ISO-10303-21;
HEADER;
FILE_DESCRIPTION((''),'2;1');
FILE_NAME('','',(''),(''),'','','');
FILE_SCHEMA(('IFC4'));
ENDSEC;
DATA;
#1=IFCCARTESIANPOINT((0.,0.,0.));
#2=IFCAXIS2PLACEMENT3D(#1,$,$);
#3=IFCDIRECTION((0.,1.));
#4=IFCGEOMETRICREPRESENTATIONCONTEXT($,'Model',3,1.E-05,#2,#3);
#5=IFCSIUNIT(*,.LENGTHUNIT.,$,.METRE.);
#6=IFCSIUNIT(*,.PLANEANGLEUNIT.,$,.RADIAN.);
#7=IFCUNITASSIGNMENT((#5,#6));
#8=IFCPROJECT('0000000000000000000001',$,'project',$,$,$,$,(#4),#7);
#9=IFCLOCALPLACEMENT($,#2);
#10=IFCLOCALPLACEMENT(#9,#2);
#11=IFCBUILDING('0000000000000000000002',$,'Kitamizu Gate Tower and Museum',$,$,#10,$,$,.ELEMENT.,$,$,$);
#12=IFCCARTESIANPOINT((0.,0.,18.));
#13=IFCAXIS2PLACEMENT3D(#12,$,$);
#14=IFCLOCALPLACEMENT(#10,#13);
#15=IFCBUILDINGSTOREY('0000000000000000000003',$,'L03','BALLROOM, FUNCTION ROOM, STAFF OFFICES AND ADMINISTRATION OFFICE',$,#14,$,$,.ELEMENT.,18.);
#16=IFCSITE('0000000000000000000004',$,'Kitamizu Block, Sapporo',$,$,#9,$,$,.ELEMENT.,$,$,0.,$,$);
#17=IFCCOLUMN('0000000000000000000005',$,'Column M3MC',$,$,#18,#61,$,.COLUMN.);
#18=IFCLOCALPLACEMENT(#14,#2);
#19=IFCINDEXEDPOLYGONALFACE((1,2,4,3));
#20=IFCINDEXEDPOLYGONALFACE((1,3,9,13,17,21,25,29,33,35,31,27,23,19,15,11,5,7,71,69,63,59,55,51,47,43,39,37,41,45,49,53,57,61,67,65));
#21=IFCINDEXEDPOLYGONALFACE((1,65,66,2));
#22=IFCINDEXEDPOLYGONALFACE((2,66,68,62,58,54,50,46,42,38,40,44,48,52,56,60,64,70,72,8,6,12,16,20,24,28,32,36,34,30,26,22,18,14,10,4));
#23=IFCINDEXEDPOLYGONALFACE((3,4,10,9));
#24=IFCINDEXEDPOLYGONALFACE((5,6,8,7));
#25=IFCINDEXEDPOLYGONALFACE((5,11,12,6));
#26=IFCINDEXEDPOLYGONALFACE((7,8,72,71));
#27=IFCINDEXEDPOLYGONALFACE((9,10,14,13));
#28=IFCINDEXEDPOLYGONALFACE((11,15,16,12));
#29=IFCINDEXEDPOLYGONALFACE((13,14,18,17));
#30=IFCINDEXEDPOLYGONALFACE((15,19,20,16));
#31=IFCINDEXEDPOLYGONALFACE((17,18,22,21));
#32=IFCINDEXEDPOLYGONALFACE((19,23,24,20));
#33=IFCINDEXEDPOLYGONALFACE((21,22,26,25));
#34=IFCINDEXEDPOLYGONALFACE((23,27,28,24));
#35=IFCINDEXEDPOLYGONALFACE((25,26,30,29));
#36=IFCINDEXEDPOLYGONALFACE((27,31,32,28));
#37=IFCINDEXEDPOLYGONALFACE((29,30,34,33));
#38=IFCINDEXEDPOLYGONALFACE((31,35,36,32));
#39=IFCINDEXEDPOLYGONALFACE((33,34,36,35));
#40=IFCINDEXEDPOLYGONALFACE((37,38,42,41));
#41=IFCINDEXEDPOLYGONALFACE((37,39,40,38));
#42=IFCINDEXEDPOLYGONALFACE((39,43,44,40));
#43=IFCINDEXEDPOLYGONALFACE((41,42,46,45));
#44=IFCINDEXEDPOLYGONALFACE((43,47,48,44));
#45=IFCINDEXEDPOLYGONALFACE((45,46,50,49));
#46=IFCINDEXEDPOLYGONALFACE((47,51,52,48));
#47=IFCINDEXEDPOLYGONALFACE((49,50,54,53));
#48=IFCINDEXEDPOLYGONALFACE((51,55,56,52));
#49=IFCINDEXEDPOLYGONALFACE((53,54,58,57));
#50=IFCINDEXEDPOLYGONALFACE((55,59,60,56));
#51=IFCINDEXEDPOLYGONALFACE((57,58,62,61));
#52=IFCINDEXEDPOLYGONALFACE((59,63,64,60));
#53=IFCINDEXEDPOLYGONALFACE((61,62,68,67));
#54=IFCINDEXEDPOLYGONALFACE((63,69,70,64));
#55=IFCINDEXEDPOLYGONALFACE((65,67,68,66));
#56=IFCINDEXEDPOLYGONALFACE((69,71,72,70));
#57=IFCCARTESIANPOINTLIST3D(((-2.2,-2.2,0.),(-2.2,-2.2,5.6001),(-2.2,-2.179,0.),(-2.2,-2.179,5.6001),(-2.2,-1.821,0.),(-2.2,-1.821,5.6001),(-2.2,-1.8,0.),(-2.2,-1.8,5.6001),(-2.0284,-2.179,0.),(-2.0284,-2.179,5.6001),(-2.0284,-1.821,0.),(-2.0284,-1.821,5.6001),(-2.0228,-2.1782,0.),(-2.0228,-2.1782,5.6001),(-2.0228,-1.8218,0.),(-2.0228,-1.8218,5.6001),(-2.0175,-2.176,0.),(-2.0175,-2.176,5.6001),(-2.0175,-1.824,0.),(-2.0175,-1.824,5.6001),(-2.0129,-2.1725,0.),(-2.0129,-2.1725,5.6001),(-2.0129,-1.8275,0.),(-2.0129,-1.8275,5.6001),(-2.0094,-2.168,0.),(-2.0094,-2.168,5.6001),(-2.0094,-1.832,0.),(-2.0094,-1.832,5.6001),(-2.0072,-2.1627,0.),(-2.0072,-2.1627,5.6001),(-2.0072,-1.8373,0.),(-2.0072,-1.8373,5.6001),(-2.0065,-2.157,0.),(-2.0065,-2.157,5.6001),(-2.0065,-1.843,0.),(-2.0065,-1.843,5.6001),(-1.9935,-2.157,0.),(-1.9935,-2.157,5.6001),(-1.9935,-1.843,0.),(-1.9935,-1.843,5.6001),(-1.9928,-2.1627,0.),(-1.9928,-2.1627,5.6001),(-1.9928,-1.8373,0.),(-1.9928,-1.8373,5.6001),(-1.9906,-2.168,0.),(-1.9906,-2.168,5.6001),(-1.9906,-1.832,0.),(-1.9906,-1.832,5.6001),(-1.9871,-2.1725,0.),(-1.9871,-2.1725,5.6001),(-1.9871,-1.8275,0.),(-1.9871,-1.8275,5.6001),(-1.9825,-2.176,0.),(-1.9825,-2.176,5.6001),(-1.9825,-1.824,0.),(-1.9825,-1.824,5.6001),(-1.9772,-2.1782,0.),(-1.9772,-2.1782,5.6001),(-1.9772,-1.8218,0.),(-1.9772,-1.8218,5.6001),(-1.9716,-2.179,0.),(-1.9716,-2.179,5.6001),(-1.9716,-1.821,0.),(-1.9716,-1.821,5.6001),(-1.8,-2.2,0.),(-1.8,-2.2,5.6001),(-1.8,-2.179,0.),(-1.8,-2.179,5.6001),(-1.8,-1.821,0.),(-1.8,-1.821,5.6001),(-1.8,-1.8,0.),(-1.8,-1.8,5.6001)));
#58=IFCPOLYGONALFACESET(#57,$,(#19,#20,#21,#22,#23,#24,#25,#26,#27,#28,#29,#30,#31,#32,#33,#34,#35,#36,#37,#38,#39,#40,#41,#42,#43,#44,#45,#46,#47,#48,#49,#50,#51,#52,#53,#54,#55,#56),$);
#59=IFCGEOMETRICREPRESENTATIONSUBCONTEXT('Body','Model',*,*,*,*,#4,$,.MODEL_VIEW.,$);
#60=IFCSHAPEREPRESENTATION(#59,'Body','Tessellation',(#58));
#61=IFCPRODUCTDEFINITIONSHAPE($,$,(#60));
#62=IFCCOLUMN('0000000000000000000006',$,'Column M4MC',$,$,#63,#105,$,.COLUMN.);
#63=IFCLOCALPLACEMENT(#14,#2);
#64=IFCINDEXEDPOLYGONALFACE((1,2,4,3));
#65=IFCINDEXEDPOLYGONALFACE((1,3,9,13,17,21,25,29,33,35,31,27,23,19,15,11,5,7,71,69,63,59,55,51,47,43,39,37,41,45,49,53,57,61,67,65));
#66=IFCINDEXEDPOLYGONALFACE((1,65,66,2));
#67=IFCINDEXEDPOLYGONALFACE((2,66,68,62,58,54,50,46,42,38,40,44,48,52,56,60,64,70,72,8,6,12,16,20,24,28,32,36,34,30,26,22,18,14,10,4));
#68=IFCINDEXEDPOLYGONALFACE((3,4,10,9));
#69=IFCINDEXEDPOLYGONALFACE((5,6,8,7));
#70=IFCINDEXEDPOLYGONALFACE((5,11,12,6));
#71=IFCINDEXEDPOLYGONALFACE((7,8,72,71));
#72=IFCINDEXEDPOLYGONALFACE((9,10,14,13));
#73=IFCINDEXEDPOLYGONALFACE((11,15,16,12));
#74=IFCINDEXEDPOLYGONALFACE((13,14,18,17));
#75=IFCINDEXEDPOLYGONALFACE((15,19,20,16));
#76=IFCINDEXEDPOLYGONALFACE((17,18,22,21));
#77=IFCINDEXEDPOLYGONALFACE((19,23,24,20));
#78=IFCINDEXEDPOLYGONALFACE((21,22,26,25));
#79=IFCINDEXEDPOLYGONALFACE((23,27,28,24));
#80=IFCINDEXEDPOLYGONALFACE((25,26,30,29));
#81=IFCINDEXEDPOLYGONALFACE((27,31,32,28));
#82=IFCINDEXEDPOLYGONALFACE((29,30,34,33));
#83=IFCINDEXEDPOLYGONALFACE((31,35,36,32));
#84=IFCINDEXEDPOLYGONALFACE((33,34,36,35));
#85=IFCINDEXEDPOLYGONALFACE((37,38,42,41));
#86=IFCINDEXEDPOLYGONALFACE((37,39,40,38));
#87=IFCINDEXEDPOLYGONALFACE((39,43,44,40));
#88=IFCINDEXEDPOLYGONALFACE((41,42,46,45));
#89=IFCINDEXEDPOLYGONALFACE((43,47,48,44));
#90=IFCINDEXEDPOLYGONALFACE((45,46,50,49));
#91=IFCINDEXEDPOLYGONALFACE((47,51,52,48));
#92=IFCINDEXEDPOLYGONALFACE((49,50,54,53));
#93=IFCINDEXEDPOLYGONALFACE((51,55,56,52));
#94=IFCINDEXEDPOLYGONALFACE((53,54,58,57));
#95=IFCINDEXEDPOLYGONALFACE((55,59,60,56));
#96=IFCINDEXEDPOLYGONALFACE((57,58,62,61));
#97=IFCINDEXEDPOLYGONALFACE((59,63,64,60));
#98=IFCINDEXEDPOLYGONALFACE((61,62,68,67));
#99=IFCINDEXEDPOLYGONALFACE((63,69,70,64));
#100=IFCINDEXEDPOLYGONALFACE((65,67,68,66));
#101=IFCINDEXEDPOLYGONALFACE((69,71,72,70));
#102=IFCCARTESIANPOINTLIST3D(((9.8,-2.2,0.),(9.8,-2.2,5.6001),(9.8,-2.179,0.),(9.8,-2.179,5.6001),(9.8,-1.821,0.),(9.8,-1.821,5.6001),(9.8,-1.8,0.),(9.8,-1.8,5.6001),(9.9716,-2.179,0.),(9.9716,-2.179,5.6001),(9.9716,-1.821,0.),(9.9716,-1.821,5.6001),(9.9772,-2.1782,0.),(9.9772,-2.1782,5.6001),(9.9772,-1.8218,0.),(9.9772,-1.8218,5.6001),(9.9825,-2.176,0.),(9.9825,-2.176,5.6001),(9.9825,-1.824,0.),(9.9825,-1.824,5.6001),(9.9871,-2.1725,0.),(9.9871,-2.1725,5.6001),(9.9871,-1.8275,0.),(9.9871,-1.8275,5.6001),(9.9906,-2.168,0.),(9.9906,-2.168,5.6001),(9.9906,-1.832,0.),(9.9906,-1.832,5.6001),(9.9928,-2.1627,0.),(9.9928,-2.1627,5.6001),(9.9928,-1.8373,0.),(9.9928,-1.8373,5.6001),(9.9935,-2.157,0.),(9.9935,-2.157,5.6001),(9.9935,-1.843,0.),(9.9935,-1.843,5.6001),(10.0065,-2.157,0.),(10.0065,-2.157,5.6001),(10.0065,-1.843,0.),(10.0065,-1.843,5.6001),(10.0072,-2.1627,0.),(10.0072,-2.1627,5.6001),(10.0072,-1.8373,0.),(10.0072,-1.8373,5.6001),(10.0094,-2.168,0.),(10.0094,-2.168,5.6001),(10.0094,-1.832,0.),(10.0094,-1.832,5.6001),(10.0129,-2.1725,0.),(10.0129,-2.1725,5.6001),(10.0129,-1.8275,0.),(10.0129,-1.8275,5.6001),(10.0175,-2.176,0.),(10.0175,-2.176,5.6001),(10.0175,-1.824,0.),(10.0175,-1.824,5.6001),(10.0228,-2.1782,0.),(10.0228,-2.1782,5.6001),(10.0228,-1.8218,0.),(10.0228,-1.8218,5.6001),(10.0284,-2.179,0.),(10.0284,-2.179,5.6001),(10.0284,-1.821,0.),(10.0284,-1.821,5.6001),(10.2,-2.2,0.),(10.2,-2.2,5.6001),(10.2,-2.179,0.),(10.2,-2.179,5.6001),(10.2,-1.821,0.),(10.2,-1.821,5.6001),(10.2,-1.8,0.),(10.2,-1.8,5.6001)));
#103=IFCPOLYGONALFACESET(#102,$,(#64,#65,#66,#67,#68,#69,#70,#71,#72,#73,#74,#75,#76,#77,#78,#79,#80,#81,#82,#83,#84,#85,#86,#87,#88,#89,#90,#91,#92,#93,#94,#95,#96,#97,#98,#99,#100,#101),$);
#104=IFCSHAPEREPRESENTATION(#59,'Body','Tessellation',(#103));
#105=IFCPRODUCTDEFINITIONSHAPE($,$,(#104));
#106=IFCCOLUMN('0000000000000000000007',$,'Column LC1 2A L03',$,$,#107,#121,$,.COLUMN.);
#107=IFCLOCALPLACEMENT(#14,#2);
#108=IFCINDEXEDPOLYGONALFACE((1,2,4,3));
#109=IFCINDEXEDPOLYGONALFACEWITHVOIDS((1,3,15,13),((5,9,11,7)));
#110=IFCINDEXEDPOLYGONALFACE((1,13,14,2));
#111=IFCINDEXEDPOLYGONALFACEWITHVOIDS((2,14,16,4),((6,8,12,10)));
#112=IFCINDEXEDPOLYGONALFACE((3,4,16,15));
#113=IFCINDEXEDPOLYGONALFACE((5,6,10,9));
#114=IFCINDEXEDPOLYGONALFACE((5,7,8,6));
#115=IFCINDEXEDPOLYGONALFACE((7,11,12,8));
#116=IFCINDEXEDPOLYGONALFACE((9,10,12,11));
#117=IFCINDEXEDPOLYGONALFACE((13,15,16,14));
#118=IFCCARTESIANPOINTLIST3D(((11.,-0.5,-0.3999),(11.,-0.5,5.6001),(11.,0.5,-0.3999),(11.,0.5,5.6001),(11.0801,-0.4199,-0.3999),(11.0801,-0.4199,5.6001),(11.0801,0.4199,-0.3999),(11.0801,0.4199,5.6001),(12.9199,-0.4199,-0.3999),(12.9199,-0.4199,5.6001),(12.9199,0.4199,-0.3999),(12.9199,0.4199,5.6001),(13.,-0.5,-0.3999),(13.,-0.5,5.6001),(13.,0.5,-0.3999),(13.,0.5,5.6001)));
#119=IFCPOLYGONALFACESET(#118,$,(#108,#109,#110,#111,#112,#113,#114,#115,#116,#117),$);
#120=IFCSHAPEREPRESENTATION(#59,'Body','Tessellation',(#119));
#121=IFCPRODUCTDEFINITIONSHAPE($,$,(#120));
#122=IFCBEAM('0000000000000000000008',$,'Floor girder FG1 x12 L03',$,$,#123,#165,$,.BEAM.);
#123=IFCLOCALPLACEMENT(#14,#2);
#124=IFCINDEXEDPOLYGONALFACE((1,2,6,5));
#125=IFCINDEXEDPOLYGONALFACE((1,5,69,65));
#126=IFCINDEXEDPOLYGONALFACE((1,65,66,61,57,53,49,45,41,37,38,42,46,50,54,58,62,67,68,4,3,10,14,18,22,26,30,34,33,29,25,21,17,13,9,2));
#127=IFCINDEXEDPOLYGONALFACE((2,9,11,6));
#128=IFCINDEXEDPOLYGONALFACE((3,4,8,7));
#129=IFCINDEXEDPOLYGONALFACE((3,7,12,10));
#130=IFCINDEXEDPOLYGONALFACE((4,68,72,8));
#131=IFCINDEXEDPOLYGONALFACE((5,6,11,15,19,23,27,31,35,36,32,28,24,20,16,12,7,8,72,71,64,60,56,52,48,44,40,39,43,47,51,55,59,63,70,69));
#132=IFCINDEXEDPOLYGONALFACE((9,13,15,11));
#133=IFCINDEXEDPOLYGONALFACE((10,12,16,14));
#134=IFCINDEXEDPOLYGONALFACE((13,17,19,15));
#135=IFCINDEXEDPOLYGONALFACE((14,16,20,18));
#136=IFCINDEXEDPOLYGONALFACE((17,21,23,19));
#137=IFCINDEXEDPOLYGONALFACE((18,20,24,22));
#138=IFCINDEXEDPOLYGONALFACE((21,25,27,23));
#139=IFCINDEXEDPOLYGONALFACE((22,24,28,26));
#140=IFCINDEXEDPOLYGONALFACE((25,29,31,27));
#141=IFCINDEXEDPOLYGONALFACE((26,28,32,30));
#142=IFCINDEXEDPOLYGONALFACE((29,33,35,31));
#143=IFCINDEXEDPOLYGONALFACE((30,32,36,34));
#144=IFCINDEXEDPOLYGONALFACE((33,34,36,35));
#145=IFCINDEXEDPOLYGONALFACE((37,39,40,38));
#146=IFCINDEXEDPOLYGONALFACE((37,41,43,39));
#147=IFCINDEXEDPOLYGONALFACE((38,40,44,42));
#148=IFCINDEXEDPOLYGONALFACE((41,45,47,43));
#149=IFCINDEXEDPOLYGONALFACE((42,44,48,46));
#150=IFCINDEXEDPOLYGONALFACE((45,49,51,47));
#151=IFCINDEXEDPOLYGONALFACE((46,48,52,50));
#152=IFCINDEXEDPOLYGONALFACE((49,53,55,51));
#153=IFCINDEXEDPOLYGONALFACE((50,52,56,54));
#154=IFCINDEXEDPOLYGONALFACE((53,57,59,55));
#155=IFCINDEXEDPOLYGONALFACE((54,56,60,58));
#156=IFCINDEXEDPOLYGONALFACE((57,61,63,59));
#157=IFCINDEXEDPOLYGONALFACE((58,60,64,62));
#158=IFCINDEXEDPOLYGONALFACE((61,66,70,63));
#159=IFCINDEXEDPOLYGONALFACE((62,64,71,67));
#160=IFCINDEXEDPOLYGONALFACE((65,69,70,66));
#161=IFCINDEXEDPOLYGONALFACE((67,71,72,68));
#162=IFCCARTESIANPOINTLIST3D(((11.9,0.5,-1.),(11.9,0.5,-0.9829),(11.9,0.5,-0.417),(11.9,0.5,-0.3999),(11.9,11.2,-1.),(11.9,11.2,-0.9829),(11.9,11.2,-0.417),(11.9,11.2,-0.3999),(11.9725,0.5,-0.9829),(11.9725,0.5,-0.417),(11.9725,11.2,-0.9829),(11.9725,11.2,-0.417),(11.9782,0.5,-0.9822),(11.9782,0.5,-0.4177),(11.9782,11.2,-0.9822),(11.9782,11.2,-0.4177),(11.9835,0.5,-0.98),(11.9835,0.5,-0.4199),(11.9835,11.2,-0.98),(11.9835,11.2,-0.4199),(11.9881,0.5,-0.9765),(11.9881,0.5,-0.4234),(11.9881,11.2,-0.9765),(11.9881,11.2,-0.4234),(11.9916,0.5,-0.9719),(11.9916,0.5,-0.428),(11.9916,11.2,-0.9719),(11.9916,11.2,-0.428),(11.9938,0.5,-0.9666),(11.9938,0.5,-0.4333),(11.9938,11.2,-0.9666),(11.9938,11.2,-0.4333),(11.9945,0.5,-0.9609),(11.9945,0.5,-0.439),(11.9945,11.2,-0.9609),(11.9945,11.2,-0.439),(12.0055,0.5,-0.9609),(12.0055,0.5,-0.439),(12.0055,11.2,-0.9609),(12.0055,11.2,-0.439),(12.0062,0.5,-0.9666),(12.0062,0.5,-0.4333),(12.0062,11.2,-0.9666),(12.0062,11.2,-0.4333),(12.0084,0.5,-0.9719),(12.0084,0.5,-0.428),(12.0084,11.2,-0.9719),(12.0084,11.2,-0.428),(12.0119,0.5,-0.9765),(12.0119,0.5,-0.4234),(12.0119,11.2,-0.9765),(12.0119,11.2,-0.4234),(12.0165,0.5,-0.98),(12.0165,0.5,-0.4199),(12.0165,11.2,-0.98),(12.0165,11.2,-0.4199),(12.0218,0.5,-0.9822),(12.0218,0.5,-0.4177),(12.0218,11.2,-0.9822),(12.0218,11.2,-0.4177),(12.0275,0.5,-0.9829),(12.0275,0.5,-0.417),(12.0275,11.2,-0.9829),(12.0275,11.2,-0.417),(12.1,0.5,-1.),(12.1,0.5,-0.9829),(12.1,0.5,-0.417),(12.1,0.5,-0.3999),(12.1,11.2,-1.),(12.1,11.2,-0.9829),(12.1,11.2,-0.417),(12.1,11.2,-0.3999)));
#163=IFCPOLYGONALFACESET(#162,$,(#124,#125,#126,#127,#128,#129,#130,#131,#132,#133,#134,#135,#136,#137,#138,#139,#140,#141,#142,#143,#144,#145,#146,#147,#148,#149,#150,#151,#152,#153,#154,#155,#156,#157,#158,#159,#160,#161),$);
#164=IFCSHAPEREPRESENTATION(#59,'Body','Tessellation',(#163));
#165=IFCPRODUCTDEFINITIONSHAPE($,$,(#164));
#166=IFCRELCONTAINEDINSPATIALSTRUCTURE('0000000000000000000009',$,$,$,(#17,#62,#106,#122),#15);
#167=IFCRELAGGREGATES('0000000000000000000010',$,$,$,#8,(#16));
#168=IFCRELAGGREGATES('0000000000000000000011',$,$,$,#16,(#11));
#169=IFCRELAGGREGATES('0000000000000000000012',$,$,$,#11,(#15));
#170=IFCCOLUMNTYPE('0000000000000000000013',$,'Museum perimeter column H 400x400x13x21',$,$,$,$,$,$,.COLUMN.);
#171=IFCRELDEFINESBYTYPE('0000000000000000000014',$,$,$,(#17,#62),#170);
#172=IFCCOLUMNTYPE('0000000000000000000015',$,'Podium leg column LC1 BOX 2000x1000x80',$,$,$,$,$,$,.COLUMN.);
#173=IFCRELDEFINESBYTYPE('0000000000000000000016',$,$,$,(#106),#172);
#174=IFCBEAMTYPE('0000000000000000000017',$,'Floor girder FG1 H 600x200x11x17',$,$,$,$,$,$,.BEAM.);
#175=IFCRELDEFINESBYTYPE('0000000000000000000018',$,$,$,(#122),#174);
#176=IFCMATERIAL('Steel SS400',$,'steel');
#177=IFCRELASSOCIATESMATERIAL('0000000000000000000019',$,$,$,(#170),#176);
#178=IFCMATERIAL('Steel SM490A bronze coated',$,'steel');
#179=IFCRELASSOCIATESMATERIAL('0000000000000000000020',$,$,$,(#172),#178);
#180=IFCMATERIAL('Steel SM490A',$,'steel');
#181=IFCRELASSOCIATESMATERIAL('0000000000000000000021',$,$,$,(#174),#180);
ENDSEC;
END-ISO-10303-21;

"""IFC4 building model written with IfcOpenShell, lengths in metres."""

from ifc_helpers import new_model, si_unit, direction, frame, origin, origin_2d, place, context, subcontext, project, spatial, hollow_rectangle, i_section, extrude, material, material_profile, profile_set, type_object, element, save


model = new_model("IFC4")

# Units and contexts
model_context = context("Model", 3, precision=1e-05, world=origin(), true_north=direction((0.0, 1.0)))
body_context = subcontext(model_context, "Body", "Model", "MODEL_VIEW")
ifc_project = project(units=[si_unit("LENGTHUNIT", "METRE"), si_unit("PLANEANGLEUNIT", "RADIAN")], contexts=[model_context])

# Site, building, storey
site_placement = place(None, origin())
site = spatial("IfcSite", under=ifc_project, at=site_placement, Name="Kitamizu Block, Sapporo", CompositionType="ELEMENT", RefElevation=0.0)
building_placement = place(site_placement, origin())
building = spatial("IfcBuilding", under=site, at=building_placement, Name="Kitamizu Gate Tower and Museum", CompositionType="ELEMENT")
storey_placement = place(building_placement, frame((0.0, 0.0, 18.0)))
storey = spatial("IfcBuildingStorey", under=building, at=storey_placement, Name="L03", Description="BALLROOM, FUNCTION ROOM, STAFF OFFICES AND ADMINISTRATION OFFICE", CompositionType="ELEMENT", Elevation=18.0)

# Columns
ifc_material_1 = material(Name="Steel SS400", Category="steel")
ifc_material_profile_1 = material_profile(ifc_material_1, i_section(OverallWidth=0.3999, OverallDepth=0.3999, WebThickness=0.0129, FlangeThickness=0.021, FilletRadius=0.022, at=origin_2d()), Name="H-400x400x13x21")
ifc_profile_set_1 = profile_set([ifc_material_profile_1], Name="Steel SS400")
column_type_1 = type_object("IfcColumnType", Name="Museum perimeter column H 400x400x13x21", PredefinedType="COLUMN", material=ifc_profile_set_1)
for number, where, z_axis, x_axis, name in (
    (1, (-2.0, -2.0, 0.0), (0.0, 0.0, 1.0), (1.0, 0.0, 0.0), "Column M3MC"),
    (2, (10.0, -2.0, 0.0), (0.0, 0.0, 1.0), (1.0, 0.0, 0.0), "Column M4MC"),
):
    element("IfcColumn", number, at=place(storey_placement, frame(where, z_axis=z_axis, x_axis=x_axis)), inside=storey, type_object=column_type_1, Name=name, PredefinedType="COLUMN", context=body_context, shape_type="SweptSolid", body=[
        extrude(i_section(OverallWidth=0.3999, OverallDepth=0.3999, WebThickness=0.0129, FlangeThickness=0.021, FilletRadius=0.022, at=origin_2d()), origin(), (0.0, 0.0, 1.0), 5.6001),
    ])
ifc_material_2 = material(Name="Steel SM490A bronze coated", Category="steel")
ifc_material_profile_2 = material_profile(ifc_material_2, hollow_rectangle(XDim=2.0, YDim=1.0, WallThickness=0.0801, at=origin_2d()), Name="BOX 2000x1000x80")
ifc_profile_set_2 = profile_set([ifc_material_profile_2], Name="Steel SM490A bronze coated")
column_type_2 = type_object("IfcColumnType", Name="Podium leg column LC1 BOX 2000x1000x80", PredefinedType="COLUMN", material=ifc_profile_set_2)
column_placement = place(storey_placement, frame((12.0, 0.0, -0.3999), z_axis=(0.0, 0.0, 1.0), x_axis=(1.0, 0.0, 0.0)))
element("IfcColumn", 3, at=column_placement, inside=storey, type_object=column_type_2, Name="Column LC1 2A L03", PredefinedType="COLUMN", context=body_context, shape_type="SweptSolid", body=[
    extrude(hollow_rectangle(XDim=2.0, YDim=1.0, WallThickness=0.0801, at=origin_2d()), origin(), (0.0, 0.0, 1.0), 6.0),
])

# Beam
ifc_material_3 = material(Name="Steel SM490A", Category="steel")
ifc_material_profile_3 = material_profile(ifc_material_3, i_section(OverallWidth=0.2, OverallDepth=0.6001, WebThickness=0.011, FlangeThickness=0.0171, FilletRadius=0.022, at=origin_2d()), Name="H-600x200x11x17")
ifc_profile_set_3 = profile_set([ifc_material_profile_3], Name="Steel SM490A")
beam_type_1 = type_object("IfcBeamType", Name="Floor girder FG1 H 600x200x11x17", PredefinedType="BEAM", material=ifc_profile_set_3)
beam_placement = place(storey_placement, frame((12.0, 0.5, -0.7), z_axis=(0.0, 1.0, 0.0), x_axis=(-1.0, 0.0, 0.0)))
element("IfcBeam", 4, at=beam_placement, inside=storey, type_object=beam_type_1, Name="Floor girder FG1 x12 L03", PredefinedType="BEAM", context=body_context, shape_type="SweptSolid", body=[
    extrude(i_section(OverallWidth=0.2, OverallDepth=0.6001, WebThickness=0.011, FlangeThickness=0.0171, FilletRadius=0.022, at=origin_2d()), origin(), (0.0, 0.0, 1.0), 10.7),
])

save(model, "model.ifc")
